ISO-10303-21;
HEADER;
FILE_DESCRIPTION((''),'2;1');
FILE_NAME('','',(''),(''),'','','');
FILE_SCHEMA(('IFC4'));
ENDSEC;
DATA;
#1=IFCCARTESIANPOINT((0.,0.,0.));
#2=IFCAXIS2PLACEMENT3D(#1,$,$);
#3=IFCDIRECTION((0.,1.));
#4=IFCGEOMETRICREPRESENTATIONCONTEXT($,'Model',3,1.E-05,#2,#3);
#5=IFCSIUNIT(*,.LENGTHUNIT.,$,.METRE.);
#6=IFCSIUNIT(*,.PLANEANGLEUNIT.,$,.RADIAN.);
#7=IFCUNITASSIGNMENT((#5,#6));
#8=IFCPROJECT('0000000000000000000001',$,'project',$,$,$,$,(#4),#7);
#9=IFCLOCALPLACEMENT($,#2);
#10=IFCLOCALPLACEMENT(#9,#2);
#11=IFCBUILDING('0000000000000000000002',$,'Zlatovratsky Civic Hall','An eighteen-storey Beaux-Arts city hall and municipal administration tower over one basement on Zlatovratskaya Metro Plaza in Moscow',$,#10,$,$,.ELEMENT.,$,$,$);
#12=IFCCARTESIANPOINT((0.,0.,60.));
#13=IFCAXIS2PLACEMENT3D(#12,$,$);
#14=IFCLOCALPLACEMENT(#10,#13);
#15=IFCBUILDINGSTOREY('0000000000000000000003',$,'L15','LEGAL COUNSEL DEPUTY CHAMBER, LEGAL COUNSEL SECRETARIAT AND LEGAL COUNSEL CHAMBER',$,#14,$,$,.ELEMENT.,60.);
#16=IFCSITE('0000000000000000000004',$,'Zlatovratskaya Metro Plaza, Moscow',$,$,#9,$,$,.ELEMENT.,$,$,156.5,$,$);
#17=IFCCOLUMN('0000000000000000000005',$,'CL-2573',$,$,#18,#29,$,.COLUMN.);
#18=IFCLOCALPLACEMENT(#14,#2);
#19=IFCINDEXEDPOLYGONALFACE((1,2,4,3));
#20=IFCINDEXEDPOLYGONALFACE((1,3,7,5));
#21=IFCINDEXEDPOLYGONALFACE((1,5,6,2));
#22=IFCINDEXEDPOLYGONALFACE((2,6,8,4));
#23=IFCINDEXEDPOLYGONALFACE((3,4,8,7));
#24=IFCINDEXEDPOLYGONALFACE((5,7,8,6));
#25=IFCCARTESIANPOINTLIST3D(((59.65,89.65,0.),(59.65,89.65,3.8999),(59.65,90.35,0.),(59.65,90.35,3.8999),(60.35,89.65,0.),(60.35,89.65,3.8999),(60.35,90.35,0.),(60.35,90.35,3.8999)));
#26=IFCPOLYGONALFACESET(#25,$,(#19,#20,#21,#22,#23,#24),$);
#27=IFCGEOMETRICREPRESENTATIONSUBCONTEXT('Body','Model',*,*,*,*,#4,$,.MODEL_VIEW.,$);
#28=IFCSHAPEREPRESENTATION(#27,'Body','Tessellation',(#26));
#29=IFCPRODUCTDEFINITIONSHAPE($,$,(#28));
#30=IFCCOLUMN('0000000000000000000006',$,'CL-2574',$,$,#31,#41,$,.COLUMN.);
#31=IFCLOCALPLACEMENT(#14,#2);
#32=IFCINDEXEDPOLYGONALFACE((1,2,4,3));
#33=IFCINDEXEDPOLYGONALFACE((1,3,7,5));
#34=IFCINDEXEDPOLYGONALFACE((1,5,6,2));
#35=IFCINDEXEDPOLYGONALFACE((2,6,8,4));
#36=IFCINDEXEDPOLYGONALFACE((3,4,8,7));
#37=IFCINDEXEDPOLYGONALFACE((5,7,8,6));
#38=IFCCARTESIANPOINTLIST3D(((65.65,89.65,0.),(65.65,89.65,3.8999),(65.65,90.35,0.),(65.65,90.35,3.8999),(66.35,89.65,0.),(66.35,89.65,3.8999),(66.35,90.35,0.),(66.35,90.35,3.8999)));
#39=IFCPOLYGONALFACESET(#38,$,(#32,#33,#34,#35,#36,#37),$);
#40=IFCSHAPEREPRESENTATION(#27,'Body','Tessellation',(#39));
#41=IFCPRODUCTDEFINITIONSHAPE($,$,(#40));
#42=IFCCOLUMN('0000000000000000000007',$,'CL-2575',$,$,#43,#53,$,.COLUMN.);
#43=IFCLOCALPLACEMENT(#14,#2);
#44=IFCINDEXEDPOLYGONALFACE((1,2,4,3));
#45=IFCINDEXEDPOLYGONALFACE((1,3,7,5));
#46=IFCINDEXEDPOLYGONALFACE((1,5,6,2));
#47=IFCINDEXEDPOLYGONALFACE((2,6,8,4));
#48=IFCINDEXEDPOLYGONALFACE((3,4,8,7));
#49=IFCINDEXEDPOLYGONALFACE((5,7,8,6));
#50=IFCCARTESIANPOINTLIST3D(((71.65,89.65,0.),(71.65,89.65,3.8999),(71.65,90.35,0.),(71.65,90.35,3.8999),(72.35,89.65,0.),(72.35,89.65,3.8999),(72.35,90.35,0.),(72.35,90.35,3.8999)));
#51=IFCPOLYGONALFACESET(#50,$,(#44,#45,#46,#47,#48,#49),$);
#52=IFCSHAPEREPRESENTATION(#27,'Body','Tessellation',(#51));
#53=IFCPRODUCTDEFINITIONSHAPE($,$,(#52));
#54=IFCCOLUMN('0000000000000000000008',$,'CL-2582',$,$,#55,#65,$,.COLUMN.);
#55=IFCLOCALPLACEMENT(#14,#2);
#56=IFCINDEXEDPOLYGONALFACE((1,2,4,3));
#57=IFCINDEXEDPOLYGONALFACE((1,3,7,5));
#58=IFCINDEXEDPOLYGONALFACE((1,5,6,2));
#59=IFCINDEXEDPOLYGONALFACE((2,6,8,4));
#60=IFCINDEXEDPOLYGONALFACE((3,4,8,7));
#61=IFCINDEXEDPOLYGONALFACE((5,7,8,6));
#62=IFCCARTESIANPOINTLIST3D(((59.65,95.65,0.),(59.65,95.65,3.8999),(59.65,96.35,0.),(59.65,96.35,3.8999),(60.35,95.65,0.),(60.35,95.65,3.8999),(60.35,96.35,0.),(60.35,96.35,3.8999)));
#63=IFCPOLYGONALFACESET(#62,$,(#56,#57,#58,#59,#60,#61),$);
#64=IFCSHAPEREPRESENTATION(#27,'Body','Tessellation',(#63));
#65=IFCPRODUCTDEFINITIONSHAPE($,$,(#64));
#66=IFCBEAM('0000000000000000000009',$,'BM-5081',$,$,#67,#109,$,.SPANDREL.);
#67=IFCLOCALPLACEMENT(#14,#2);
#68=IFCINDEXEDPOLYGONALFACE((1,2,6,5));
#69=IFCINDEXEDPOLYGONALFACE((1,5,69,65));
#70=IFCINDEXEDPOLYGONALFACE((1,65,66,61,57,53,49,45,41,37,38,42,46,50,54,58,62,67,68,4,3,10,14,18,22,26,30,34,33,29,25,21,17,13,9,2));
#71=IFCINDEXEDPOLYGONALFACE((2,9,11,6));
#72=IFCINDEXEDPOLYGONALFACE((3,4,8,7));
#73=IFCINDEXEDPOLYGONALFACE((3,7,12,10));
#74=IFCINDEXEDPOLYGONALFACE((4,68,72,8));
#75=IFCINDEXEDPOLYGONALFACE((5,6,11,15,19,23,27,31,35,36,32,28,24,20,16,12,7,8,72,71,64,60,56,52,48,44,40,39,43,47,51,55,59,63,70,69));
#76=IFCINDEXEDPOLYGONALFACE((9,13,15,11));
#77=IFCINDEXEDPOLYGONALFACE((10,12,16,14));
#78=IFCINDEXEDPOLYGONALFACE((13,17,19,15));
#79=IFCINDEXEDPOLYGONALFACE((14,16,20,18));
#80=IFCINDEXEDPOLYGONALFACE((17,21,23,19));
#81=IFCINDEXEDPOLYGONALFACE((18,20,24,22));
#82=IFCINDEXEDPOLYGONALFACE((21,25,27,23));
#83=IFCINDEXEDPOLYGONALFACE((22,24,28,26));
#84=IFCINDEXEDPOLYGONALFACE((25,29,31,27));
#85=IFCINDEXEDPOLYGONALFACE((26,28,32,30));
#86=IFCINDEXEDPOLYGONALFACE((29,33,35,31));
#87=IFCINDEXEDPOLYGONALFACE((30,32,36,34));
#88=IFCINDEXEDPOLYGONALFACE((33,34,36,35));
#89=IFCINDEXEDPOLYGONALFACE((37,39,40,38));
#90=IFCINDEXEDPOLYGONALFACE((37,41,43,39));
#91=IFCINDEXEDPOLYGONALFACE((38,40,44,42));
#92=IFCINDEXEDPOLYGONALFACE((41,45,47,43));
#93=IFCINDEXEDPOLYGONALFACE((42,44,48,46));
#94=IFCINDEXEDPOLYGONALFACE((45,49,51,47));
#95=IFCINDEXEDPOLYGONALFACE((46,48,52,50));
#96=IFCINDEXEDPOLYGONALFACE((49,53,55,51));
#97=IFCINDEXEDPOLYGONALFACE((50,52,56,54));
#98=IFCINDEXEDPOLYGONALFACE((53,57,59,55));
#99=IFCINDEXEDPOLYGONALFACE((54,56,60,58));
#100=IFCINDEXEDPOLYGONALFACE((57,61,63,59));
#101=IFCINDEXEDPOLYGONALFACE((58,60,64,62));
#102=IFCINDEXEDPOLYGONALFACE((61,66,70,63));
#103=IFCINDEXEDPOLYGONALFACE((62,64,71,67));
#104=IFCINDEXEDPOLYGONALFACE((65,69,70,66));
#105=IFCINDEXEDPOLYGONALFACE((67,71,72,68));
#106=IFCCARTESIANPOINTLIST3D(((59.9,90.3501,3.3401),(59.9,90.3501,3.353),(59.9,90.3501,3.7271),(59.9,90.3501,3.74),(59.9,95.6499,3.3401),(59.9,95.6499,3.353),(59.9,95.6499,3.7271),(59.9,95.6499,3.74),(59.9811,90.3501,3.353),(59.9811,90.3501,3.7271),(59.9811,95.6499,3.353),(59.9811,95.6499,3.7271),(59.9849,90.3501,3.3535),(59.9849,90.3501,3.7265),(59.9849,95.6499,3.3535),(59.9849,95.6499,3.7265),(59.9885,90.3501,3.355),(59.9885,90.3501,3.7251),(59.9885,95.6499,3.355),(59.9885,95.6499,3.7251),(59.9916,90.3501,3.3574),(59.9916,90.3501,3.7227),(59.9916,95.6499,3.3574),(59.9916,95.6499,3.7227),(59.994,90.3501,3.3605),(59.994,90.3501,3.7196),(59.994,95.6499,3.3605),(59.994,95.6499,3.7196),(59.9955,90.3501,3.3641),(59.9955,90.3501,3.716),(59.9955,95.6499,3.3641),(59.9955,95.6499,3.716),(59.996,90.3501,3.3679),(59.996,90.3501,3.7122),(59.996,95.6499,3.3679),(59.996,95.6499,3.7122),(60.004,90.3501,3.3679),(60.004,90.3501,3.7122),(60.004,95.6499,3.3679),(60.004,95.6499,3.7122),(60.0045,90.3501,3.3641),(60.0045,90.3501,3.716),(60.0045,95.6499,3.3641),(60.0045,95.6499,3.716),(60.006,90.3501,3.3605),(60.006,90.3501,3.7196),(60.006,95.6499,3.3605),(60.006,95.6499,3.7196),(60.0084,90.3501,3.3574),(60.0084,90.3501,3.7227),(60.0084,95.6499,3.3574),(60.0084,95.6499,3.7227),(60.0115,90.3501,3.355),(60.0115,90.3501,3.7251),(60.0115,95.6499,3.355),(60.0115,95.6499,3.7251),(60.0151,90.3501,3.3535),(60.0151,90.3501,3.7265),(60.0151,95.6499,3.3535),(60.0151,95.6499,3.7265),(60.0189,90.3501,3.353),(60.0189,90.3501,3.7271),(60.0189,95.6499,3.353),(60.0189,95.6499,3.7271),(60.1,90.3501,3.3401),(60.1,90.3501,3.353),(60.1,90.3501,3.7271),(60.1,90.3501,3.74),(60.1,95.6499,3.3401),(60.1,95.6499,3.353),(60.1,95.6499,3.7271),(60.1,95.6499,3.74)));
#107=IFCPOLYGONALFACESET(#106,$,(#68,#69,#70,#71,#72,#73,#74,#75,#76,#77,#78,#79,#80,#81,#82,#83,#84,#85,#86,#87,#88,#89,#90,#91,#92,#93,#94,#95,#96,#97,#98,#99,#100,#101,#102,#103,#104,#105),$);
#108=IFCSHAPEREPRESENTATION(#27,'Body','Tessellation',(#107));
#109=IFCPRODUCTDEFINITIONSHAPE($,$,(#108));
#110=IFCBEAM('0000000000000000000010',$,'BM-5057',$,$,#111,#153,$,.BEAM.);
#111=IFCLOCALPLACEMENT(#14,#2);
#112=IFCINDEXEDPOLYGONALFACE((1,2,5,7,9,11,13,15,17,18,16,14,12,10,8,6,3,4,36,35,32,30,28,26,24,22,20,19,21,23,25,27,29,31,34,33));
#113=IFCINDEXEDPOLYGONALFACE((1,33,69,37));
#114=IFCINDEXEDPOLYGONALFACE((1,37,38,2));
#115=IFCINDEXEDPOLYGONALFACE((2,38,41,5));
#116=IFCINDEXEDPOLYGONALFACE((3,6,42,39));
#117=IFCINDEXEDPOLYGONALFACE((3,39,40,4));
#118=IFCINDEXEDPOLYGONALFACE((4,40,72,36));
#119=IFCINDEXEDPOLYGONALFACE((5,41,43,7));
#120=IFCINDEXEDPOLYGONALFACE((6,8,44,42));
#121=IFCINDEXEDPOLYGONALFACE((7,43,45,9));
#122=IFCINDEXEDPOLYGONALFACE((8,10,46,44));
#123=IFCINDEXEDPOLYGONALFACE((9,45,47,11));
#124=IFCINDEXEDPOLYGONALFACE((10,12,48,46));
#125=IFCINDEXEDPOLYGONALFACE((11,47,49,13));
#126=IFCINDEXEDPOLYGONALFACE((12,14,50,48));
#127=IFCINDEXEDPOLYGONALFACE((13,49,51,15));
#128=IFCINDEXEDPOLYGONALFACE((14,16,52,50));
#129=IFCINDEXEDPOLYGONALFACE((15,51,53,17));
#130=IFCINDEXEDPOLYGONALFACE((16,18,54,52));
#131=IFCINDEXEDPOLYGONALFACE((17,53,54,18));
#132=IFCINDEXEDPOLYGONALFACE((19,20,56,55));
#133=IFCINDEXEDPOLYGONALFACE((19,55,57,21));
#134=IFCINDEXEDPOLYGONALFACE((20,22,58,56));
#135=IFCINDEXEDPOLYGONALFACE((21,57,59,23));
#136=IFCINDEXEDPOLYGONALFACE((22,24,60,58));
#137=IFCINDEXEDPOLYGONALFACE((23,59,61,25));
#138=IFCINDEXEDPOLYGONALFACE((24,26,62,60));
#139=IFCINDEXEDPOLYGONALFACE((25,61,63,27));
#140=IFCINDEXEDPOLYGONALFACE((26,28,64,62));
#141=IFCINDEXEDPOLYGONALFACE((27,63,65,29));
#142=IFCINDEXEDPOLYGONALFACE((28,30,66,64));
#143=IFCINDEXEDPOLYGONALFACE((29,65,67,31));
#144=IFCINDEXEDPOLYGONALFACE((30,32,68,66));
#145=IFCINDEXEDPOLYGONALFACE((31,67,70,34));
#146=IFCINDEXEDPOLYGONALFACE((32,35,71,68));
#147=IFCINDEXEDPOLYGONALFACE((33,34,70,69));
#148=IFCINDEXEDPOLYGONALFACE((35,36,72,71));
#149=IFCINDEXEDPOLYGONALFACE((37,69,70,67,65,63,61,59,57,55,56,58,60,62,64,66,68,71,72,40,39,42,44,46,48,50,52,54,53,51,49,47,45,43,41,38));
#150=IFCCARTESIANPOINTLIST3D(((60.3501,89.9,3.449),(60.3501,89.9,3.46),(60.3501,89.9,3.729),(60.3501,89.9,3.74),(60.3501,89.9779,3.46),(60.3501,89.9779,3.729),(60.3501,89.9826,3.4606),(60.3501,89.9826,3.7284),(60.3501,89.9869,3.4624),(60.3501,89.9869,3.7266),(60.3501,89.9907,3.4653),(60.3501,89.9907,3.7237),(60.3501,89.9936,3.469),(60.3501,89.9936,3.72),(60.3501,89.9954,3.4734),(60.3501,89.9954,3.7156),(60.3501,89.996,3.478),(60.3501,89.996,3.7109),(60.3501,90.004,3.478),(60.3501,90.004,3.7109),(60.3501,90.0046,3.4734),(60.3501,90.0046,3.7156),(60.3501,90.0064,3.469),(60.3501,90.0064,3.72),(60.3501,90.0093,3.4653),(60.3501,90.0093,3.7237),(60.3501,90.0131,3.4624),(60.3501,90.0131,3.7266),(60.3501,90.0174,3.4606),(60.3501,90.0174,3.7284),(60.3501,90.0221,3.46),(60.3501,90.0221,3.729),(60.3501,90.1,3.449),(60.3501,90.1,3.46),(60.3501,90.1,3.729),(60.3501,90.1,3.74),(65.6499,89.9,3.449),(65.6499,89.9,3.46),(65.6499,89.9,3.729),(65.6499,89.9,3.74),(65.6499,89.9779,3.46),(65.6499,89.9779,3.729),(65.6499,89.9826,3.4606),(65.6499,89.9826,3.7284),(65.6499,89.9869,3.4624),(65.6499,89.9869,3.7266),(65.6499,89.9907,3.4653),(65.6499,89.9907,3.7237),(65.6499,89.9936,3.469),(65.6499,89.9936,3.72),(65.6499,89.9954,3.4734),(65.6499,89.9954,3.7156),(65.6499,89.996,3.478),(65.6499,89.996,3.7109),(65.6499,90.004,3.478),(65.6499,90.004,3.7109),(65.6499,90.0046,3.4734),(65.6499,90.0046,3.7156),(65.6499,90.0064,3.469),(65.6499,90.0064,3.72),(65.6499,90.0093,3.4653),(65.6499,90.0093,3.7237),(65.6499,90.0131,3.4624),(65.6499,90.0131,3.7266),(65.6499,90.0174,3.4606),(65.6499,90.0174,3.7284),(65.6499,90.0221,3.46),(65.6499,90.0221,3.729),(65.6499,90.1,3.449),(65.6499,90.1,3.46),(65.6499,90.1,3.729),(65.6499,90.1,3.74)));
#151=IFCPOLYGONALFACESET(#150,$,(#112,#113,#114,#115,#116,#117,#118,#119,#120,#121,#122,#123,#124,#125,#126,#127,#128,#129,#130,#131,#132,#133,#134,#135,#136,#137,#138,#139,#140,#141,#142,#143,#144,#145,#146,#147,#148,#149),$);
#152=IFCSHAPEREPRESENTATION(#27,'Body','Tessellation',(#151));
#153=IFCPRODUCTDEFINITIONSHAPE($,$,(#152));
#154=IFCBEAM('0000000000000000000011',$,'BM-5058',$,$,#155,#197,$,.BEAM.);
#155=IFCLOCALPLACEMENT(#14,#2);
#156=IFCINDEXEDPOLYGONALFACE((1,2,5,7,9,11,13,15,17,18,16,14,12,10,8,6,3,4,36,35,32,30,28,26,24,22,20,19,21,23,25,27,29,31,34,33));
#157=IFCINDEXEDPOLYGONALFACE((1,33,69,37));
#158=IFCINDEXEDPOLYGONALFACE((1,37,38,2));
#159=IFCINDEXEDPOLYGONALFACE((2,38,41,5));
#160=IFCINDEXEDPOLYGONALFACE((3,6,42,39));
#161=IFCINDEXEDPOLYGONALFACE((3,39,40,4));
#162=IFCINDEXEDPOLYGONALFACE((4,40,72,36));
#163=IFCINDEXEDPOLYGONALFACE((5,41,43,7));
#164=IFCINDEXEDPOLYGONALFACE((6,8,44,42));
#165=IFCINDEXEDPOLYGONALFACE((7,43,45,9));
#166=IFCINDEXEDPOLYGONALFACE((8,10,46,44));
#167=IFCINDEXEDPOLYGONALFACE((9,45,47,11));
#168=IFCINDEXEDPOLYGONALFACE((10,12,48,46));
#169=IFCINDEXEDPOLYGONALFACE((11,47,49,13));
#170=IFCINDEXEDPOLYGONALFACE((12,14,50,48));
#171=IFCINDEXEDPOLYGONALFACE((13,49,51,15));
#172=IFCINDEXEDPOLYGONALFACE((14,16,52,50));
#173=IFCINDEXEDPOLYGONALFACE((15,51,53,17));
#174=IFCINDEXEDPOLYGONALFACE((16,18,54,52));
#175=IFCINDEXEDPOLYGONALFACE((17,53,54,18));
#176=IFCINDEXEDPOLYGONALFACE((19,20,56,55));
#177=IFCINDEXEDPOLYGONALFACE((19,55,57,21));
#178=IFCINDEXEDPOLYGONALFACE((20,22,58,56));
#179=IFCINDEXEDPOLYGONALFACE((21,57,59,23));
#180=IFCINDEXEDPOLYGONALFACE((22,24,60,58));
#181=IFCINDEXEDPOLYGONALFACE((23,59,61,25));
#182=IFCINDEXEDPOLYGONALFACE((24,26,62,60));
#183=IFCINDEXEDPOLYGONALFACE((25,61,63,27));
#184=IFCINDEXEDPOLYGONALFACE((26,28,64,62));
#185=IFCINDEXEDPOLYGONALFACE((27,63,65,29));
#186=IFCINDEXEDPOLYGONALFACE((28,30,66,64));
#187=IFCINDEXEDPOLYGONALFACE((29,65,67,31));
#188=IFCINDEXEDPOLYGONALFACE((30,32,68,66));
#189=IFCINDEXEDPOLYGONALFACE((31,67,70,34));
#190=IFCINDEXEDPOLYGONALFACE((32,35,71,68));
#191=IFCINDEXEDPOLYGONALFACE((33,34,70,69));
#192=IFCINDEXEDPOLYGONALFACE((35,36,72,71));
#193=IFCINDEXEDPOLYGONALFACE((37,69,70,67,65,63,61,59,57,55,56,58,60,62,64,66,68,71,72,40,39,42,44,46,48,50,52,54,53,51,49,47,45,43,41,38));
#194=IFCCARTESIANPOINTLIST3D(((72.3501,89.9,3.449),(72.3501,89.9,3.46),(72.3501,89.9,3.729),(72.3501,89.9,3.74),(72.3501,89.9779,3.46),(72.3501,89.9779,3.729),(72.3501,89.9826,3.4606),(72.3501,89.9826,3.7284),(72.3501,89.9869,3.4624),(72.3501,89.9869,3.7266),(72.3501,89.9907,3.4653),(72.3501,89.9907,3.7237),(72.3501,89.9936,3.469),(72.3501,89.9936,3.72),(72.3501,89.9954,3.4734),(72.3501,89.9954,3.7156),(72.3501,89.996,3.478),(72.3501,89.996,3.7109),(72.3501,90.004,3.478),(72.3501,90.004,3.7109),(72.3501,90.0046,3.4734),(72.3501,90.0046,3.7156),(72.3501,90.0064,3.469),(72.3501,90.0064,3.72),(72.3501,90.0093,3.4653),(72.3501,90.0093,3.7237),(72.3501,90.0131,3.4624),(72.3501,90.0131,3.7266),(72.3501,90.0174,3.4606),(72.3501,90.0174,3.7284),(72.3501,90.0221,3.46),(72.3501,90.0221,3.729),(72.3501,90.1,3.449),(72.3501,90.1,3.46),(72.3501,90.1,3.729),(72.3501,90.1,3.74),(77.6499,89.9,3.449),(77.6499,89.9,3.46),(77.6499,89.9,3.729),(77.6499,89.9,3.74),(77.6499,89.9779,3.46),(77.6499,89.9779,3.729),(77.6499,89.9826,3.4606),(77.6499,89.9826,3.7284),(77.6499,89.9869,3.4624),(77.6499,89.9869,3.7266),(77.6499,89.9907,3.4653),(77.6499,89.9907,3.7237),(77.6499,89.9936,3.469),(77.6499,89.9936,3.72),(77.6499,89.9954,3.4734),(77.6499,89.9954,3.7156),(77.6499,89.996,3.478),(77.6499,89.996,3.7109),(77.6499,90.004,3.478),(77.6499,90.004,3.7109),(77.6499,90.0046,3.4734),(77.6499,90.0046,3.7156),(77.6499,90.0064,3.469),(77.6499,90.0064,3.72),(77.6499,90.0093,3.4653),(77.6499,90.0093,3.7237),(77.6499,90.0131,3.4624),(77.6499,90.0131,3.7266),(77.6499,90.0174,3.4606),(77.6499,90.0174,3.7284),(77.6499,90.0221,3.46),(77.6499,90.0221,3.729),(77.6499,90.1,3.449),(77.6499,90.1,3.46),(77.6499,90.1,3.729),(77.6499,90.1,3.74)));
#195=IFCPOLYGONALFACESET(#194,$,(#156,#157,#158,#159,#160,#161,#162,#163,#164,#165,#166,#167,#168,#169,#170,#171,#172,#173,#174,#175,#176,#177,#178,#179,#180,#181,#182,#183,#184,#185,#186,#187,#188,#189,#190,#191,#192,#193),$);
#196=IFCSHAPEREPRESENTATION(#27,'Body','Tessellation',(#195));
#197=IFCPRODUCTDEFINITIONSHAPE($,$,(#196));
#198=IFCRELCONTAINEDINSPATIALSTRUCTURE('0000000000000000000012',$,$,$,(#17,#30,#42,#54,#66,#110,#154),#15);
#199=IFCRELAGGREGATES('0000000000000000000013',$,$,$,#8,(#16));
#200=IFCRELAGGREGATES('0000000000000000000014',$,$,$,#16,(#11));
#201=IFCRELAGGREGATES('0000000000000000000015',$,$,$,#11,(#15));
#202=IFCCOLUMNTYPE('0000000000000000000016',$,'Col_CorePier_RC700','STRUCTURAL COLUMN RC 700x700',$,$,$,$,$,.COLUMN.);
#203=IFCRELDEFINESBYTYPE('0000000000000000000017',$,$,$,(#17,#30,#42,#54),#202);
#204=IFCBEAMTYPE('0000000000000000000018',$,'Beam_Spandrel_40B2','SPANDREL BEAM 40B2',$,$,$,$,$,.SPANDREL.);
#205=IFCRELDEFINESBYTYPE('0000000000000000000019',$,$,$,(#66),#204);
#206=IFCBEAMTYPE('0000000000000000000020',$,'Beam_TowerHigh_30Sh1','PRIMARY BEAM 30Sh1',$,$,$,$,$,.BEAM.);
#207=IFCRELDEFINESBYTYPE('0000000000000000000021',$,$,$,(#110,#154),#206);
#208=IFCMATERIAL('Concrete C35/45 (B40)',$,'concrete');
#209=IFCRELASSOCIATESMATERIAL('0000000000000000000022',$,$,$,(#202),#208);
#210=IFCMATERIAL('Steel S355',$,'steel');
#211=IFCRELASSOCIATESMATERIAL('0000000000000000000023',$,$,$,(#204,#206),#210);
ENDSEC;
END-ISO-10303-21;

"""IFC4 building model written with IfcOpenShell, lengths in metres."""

from ifc_helpers import new_model, si_unit, direction, frame, origin, origin_2d, place, context, subcontext, project, spatial, rectangle, i_section, extrude, material, material_profile, profile_set, type_object, element, save


model = new_model("IFC4")

# Units and contexts
model_context = context("Model", 3, precision=1e-05, world=origin(), true_north=direction((0.0, 1.0)))
body_context = subcontext(model_context, "Body", "Model", "MODEL_VIEW")
ifc_project = project(units=[si_unit("LENGTHUNIT", "METRE"), si_unit("PLANEANGLEUNIT", "RADIAN")], contexts=[model_context])

# Site, building, storey
site_placement = place(None, origin())
site = spatial("IfcSite", under=ifc_project, at=site_placement, Name="Zlatovratskaya Metro Plaza, Moscow", CompositionType="ELEMENT", RefElevation=156.5)
building_placement = place(site_placement, origin())
building = spatial("IfcBuilding", under=site, at=building_placement, Name="Zlatovratsky Civic Hall", Description="An eighteen-storey Beaux-Arts city hall and municipal administration tower over one basement on Zlatovratskaya Metro Plaza in Moscow", CompositionType="ELEMENT")
storey_placement = place(building_placement, frame((0.0, 0.0, 60.0)))
storey = spatial("IfcBuildingStorey", under=building, at=storey_placement, Name="L15", Description="LEGAL COUNSEL DEPUTY CHAMBER, LEGAL COUNSEL SECRETARIAT AND LEGAL COUNSEL CHAMBER", CompositionType="ELEMENT", Elevation=60.0)

# Columns
ifc_material_1 = material(Name="Concrete C35/45 (B40)", Category="concrete")
ifc_material_profile_1 = material_profile(ifc_material_1, rectangle(XDim=0.7, YDim=0.7, at=origin_2d()), Name="RC 700x700")
ifc_profile_set_1 = profile_set([ifc_material_profile_1], Name="Concrete C35/45 (B40)")
column_type = type_object("IfcColumnType", Name="Col_CorePier_RC700", Description="STRUCTURAL COLUMN RC 700x700", PredefinedType="COLUMN", material=ifc_profile_set_1)
for number, where, z_axis, x_axis, name in (
    (1, (60.0, 90.0, 0.0), (0.0, 0.0, 1.0), (1.0, 0.0, 0.0), "CL-2573"),
    (2, (66.0, 90.0, 0.0), (0.0, 0.0, 1.0), (1.0, 0.0, 0.0), "CL-2574"),
    (3, (72.0, 90.0, 0.0), (0.0, 0.0, 1.0), (1.0, 0.0, 0.0), "CL-2575"),
    (4, (60.0, 96.0, 0.0), (0.0, 0.0, 1.0), (1.0, 0.0, 0.0), "CL-2582"),
):
    element("IfcColumn", number, at=place(storey_placement, frame(where, z_axis=z_axis, x_axis=x_axis)), inside=storey, type_object=column_type, Name=name, PredefinedType="COLUMN", context=body_context, shape_type="SweptSolid", body=[
        extrude(rectangle(XDim=0.7, YDim=0.7, at=origin_2d()), origin(), (0.0, 0.0, 1.0), 3.8999),
    ])

# Beams
ifc_material_2 = material(Name="Steel S355", Category="steel")
ifc_material_profile_2 = material_profile(ifc_material_2, i_section(OverallWidth=0.2, OverallDepth=0.3999, WebThickness=0.0081, FlangeThickness=0.0129, FilletRadius=0.0149, at=origin_2d()), Name="40B2")
ifc_profile_set_2 = profile_set([ifc_material_profile_2], Name="Steel S355")
beam_type_1 = type_object("IfcBeamType", Name="Beam_Spandrel_40B2", Description="SPANDREL BEAM 40B2", PredefinedType="SPANDREL", material=ifc_profile_set_2)
beam_placement = place(storey_placement, frame((60.0, 90.3501, 3.54), z_axis=(0.0, 1.0, 0.0), x_axis=(-1.0, 0.0, 0.0)))
element("IfcBeam", 5, at=beam_placement, inside=storey, type_object=beam_type_1, Name="BM-5081", PredefinedType="SPANDREL", context=body_context, shape_type="SweptSolid", body=[
    extrude(i_section(OverallWidth=0.2, OverallDepth=0.3999, WebThickness=0.0081, FlangeThickness=0.0129, FilletRadius=0.0149, at=origin_2d()), origin(), (0.0, 0.0, 1.0), 5.2998),
])
ifc_material_profile_3 = material_profile(ifc_material_2, i_section(OverallWidth=0.2, OverallDepth=0.291, WebThickness=0.0081, FlangeThickness=0.011, FilletRadius=0.0181, at=origin_2d()), Name="30Sh1")
ifc_profile_set_3 = profile_set([ifc_material_profile_3], Name="Steel S355")
beam_type_2 = type_object("IfcBeamType", Name="Beam_TowerHigh_30Sh1", Description="PRIMARY BEAM 30Sh1", PredefinedType="BEAM", material=ifc_profile_set_3)
for number, where, z_axis, x_axis, name in (
    (6, (60.3501, 90.0, 3.5945), (1.0, 0.0, 0.0), (0.0, 1.0, 0.0), "BM-5057"),
    (7, (72.3501, 90.0, 3.5945), (1.0, 0.0, 0.0), (0.0, 1.0, 0.0), "BM-5058"),
):
    element("IfcBeam", number, at=place(storey_placement, frame(where, z_axis=z_axis, x_axis=x_axis)), inside=storey, type_object=beam_type_2, Name=name, PredefinedType="BEAM", context=body_context, shape_type="SweptSolid", body=[
        extrude(i_section(OverallWidth=0.2, OverallDepth=0.291, WebThickness=0.0081, FlangeThickness=0.011, FilletRadius=0.0181, at=origin_2d()), origin(), (0.0, 0.0, 1.0), 5.2998),
    ])

save(model, "model.ifc")
